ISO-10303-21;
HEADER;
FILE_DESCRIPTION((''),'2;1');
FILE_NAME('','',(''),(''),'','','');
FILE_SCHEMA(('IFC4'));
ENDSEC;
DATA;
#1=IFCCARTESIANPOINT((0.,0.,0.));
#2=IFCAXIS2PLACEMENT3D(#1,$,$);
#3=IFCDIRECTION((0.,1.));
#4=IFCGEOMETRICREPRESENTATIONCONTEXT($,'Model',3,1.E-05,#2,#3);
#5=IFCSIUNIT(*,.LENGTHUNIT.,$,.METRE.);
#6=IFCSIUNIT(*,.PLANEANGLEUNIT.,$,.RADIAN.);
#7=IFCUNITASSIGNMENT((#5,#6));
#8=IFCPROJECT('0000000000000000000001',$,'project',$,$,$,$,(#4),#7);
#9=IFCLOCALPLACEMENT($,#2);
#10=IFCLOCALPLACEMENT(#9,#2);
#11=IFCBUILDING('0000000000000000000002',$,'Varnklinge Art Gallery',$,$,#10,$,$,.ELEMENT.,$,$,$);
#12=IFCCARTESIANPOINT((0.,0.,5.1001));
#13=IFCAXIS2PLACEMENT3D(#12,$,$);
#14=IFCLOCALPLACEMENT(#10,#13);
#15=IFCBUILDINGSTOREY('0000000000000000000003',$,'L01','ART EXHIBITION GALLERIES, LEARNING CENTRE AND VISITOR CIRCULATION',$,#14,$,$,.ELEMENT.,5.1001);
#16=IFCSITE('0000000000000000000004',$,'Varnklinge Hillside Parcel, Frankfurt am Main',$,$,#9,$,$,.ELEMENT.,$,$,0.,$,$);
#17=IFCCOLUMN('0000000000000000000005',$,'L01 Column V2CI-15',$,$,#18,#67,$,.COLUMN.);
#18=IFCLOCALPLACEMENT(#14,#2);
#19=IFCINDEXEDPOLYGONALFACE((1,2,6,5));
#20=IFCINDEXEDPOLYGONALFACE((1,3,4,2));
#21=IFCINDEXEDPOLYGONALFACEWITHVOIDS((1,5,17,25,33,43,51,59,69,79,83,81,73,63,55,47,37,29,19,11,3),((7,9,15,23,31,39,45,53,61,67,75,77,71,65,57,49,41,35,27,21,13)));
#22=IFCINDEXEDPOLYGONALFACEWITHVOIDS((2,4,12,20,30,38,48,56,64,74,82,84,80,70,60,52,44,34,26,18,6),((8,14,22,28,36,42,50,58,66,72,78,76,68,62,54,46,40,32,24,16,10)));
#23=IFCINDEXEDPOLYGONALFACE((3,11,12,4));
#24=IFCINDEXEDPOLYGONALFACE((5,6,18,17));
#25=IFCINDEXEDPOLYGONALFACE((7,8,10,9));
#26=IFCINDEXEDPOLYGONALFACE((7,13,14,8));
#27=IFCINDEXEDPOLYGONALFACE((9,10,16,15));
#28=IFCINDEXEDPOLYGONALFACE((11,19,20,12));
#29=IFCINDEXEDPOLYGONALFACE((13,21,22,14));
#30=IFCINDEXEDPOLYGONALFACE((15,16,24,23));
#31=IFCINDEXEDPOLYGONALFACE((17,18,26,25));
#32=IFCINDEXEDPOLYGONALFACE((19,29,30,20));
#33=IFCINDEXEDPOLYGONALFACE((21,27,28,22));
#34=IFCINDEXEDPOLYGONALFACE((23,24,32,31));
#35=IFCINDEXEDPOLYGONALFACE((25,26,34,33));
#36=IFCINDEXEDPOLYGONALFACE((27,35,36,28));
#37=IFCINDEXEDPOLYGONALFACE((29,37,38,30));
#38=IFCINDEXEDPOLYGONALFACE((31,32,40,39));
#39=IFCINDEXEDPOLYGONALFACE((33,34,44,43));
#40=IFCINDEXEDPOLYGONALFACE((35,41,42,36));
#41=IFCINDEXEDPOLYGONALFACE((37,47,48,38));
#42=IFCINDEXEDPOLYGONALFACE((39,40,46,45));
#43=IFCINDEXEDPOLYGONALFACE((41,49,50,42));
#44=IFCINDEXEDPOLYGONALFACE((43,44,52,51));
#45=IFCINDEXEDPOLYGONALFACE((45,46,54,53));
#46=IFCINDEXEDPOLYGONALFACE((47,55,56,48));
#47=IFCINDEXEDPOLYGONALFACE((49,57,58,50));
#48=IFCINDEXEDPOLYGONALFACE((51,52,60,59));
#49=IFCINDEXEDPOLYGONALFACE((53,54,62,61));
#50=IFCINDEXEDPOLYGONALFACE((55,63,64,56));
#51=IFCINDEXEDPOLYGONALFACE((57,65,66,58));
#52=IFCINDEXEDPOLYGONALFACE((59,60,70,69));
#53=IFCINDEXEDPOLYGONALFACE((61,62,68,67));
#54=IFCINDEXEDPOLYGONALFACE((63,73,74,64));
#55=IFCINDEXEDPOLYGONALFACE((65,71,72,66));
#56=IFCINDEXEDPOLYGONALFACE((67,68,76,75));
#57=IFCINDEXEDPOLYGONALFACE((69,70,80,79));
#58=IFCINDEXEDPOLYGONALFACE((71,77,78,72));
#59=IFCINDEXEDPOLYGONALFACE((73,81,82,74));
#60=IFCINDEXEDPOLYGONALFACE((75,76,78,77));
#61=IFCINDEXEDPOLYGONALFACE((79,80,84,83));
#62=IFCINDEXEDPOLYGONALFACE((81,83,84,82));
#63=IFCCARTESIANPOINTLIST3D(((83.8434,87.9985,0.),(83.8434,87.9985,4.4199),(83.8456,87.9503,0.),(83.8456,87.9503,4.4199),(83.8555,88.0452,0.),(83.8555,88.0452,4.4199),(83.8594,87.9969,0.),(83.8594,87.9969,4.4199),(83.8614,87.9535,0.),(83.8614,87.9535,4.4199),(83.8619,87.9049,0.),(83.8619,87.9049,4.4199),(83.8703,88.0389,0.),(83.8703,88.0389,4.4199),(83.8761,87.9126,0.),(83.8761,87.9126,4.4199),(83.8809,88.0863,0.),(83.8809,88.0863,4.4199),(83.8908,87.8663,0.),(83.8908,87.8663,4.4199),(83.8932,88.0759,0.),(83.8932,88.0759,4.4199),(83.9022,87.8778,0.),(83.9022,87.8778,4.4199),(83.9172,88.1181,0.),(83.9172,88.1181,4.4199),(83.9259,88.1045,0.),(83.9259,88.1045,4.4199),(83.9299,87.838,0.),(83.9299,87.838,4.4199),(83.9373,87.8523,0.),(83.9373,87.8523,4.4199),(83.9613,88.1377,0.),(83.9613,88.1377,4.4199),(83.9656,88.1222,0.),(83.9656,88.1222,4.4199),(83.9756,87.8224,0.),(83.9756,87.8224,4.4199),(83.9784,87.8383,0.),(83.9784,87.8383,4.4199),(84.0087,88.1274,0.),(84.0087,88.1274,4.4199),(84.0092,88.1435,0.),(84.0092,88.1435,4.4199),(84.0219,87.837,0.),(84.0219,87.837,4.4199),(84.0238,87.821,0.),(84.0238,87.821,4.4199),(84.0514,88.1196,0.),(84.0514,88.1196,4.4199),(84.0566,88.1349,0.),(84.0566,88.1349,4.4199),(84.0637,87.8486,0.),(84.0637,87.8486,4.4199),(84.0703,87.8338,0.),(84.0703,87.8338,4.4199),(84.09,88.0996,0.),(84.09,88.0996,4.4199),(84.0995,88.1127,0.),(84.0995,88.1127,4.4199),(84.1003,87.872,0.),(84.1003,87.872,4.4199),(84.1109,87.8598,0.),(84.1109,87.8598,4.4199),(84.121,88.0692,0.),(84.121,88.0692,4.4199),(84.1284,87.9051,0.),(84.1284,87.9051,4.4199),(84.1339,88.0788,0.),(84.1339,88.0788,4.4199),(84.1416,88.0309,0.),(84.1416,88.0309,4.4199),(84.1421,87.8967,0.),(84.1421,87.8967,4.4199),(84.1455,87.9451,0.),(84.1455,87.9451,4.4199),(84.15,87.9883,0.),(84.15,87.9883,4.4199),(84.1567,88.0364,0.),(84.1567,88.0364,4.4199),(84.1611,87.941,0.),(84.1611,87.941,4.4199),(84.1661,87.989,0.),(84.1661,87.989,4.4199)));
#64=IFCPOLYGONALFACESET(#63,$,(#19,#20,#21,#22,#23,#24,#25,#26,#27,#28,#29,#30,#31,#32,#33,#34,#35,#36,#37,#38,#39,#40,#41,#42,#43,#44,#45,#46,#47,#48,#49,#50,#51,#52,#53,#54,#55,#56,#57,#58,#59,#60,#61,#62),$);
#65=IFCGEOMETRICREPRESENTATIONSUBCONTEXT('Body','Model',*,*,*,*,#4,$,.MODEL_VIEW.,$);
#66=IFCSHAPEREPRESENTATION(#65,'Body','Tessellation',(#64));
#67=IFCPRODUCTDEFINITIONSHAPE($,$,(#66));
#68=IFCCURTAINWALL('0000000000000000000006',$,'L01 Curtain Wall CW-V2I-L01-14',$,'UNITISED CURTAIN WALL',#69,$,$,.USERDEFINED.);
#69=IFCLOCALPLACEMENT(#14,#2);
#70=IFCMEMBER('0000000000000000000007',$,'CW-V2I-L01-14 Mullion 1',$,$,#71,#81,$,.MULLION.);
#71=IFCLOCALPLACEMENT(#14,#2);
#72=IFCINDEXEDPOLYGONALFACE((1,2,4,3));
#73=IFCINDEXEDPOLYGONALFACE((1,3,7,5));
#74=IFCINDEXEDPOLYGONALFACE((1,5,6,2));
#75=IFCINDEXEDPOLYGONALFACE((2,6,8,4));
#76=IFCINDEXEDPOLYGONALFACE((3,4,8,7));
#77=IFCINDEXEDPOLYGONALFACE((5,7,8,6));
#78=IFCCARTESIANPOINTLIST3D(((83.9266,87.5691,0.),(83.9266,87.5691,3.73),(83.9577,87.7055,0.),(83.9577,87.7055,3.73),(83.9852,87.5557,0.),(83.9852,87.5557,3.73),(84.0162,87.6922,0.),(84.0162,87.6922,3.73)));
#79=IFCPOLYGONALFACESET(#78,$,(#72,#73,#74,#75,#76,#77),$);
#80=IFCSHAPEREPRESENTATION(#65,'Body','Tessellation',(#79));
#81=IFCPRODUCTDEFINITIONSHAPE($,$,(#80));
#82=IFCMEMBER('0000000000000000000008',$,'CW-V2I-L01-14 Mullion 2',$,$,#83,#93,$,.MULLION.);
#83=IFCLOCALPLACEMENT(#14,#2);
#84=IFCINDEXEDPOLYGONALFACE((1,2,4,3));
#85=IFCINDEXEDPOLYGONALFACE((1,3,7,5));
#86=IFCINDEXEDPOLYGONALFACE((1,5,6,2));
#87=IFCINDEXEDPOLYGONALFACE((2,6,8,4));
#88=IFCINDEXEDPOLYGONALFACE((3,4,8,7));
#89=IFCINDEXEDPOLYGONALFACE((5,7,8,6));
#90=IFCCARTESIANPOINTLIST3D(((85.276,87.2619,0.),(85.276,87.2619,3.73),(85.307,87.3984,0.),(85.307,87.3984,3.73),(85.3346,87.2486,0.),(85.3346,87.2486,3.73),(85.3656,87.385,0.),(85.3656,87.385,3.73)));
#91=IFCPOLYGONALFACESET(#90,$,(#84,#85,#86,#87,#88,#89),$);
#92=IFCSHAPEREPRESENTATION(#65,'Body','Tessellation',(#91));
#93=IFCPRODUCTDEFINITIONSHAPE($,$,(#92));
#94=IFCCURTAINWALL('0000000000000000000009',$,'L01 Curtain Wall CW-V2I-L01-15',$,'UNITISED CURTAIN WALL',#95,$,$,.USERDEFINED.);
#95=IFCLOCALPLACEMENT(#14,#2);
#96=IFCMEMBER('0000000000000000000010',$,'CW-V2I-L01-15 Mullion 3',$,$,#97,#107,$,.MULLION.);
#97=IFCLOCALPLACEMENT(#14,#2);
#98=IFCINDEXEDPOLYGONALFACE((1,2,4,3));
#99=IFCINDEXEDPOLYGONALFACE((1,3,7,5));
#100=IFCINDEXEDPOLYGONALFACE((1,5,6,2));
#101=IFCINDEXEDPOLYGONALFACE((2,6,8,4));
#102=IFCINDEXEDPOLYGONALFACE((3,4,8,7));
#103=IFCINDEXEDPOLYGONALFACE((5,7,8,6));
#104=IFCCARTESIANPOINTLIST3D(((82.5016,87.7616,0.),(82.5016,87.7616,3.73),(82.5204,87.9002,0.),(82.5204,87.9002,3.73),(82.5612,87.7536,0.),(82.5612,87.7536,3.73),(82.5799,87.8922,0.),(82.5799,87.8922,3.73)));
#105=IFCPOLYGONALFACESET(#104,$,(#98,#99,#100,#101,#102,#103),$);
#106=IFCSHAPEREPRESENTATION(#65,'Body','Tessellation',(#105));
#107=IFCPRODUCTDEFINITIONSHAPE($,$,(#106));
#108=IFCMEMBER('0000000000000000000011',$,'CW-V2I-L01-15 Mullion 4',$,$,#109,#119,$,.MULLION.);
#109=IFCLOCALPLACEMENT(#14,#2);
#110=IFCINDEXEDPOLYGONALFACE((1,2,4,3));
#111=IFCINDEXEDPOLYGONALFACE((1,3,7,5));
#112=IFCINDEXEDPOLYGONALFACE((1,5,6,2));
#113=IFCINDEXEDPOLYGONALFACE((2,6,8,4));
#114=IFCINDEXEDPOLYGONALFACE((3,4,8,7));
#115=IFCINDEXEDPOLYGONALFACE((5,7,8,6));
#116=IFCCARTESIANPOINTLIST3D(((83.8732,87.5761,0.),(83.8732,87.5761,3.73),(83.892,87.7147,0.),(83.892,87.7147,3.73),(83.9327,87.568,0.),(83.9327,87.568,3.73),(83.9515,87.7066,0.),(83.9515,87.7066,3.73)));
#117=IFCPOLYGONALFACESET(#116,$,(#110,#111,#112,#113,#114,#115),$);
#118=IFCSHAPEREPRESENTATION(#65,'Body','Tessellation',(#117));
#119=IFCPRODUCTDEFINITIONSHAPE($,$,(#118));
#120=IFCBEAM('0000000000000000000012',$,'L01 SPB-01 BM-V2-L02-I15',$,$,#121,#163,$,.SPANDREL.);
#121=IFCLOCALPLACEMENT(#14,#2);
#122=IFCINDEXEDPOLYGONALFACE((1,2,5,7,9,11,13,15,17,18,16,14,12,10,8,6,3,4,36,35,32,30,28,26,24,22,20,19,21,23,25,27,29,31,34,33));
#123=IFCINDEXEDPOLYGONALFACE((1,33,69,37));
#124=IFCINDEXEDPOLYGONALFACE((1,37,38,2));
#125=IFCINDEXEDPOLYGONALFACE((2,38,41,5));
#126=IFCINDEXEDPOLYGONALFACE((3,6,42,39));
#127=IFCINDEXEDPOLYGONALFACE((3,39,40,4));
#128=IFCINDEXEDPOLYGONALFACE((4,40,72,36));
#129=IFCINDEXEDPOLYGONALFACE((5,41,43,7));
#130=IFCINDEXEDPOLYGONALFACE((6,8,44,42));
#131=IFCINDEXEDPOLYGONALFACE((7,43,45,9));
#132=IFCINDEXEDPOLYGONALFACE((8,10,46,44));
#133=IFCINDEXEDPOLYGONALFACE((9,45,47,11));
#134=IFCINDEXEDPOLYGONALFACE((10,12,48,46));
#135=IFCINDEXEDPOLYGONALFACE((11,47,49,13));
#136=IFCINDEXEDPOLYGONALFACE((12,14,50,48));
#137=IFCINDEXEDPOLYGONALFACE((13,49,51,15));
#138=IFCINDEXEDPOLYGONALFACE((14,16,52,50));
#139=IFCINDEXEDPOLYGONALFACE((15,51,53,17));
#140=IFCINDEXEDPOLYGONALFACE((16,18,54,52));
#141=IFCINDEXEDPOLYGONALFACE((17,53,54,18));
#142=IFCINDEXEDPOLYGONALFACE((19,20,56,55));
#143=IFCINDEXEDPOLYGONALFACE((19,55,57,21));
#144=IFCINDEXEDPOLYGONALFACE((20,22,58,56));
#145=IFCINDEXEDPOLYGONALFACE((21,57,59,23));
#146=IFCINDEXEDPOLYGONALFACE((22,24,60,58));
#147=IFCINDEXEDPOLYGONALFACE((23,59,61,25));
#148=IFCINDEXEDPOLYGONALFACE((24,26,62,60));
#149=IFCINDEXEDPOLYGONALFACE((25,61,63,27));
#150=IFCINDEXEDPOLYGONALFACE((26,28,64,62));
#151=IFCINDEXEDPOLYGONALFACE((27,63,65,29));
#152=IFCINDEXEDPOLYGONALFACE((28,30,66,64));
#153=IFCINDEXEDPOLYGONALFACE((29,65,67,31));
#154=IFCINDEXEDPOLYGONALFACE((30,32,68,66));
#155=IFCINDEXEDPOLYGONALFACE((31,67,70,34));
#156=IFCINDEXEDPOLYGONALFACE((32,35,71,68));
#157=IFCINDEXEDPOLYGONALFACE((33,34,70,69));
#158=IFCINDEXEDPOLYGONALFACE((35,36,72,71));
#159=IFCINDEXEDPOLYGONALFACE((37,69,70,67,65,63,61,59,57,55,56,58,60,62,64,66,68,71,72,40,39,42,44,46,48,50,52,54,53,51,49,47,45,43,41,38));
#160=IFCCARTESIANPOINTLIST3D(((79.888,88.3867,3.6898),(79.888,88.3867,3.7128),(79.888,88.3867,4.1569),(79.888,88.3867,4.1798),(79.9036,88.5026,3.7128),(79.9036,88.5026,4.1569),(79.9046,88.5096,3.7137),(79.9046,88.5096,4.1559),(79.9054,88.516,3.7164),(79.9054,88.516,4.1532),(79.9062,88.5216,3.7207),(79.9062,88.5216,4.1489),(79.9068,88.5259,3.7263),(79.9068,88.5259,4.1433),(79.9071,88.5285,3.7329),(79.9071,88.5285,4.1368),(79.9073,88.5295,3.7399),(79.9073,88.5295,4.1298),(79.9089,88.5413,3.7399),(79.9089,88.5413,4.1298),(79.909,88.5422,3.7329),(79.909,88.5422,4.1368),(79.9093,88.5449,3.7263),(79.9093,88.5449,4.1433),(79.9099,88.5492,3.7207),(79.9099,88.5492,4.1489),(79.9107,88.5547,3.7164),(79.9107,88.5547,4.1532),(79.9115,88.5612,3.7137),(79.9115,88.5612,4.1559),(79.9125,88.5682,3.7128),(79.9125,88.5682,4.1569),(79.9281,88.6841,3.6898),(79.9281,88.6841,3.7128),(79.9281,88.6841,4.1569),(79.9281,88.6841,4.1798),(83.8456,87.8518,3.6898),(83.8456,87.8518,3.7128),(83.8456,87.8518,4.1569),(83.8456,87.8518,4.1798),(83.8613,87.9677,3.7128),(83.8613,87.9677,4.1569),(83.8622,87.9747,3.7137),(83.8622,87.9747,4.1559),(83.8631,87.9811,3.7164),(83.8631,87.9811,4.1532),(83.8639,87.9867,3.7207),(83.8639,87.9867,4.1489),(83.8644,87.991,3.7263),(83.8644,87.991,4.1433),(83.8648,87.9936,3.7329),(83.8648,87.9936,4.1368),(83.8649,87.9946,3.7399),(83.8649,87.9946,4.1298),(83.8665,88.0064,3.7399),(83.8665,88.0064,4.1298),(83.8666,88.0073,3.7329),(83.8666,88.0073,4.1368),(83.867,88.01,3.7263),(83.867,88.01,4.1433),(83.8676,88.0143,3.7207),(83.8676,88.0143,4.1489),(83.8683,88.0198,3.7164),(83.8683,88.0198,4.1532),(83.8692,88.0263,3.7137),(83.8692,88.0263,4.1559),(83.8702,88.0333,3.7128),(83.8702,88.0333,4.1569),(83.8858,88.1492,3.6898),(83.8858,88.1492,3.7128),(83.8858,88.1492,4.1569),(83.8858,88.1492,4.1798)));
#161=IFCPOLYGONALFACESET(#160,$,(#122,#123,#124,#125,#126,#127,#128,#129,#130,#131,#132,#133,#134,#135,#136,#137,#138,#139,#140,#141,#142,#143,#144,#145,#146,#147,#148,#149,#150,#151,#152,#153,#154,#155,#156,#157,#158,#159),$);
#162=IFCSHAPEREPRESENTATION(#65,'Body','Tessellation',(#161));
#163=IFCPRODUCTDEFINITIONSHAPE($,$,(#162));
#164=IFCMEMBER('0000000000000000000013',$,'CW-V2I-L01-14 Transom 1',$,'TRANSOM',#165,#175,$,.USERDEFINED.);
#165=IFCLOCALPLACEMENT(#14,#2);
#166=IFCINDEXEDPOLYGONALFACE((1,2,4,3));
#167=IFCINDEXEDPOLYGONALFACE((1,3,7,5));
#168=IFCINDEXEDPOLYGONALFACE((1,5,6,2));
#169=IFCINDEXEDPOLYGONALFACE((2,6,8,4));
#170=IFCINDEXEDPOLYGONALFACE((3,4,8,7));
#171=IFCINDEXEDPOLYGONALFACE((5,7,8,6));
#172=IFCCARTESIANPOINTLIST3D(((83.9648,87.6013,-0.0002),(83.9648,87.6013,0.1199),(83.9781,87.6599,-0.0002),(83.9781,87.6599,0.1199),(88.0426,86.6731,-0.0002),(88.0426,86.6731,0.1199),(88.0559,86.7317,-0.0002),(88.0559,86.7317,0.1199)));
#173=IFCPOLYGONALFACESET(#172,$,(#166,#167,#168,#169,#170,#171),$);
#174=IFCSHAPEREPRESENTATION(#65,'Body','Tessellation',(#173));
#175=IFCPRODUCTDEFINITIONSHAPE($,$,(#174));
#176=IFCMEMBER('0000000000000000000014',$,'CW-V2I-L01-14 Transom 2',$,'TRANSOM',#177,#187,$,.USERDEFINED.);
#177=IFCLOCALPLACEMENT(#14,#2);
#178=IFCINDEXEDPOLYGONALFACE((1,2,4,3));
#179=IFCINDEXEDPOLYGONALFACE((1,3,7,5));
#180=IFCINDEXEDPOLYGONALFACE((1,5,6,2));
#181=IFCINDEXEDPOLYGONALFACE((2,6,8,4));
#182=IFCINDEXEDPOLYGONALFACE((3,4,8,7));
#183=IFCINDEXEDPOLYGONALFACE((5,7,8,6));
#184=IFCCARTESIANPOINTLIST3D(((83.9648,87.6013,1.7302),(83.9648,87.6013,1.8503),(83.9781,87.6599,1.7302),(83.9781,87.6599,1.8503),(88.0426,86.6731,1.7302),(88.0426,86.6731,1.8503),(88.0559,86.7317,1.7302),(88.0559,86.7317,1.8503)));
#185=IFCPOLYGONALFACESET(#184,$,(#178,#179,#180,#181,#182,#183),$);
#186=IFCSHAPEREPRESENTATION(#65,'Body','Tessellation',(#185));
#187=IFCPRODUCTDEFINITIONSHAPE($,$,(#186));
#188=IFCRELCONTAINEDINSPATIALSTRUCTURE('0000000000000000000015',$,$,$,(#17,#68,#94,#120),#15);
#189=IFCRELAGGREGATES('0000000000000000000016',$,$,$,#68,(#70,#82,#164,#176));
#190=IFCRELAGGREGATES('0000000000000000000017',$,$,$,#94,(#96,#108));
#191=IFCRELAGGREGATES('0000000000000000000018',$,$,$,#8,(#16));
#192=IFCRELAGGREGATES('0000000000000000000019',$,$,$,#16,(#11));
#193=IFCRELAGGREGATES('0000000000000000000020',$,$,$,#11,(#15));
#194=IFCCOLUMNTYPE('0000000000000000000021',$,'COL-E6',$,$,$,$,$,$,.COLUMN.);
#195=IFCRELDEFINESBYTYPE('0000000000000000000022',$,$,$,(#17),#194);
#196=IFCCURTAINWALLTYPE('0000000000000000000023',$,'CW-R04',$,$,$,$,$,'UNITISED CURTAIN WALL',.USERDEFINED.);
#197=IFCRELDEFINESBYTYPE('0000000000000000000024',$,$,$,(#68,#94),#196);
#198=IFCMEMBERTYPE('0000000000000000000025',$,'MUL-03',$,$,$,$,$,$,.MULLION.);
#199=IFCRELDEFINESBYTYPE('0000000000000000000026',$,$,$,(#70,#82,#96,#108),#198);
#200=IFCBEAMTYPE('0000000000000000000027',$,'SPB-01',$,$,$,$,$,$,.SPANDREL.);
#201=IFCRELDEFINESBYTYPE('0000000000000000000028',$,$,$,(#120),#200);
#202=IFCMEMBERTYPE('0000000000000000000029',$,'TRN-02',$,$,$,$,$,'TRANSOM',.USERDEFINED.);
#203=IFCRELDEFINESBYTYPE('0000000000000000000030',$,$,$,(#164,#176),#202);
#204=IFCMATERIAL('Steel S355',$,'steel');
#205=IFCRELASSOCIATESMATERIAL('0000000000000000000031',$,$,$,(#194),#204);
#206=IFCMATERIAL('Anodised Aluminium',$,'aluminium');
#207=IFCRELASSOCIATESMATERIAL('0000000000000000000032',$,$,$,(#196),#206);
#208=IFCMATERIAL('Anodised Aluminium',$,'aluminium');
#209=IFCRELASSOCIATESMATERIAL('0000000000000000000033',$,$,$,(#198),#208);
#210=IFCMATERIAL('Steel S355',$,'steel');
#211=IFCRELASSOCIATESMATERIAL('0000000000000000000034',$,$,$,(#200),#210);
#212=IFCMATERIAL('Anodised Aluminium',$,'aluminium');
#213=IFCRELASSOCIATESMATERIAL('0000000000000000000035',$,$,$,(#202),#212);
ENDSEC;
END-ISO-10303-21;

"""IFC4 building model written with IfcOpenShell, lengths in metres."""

from ifc_helpers import new_model, si_unit, direction, frame, origin, origin_2d, place, context, subcontext, project, spatial, rectangle, hollow_circle, i_section, extrude, material, material_profile, profile_set, type_object, element, aggregate, save


model = new_model("IFC4")

# Units and contexts
model_context = context("Model", 3, precision=1e-05, world=origin(), true_north=direction((0.0, 1.0)))
body_context = subcontext(model_context, "Body", "Model", "MODEL_VIEW")
ifc_project = project(units=[si_unit("LENGTHUNIT", "METRE"), si_unit("PLANEANGLEUNIT", "RADIAN")], contexts=[model_context])

# Site, building, storey
site_placement = place(None, origin())
site = spatial("IfcSite", under=ifc_project, at=site_placement, Name="Varnklinge Hillside Parcel, Frankfurt am Main", CompositionType="ELEMENT", RefElevation=0.0)
building_placement = place(site_placement, origin())
building = spatial("IfcBuilding", under=site, at=building_placement, Name="Varnklinge Art Gallery", CompositionType="ELEMENT")
storey_placement = place(building_placement, frame((0.0, 0.0, 5.1001)))
storey = spatial("IfcBuildingStorey", under=building, at=storey_placement, Name="L01", Description="ART EXHIBITION GALLERIES, LEARNING CENTRE AND VISITOR CIRCULATION", CompositionType="ELEMENT", Elevation=5.1001)

# Column
ifc_material_1 = material(Name="Steel S355", Category="steel")
ifc_material_profile_1 = material_profile(ifc_material_1, hollow_circle(Radius=0.1619, WallThickness=0.0161, at=origin_2d()), Name="CHS 323.9x16")
ifc_profile_set_1 = profile_set([ifc_material_profile_1], Name="Steel S355")
column_type = type_object("IfcColumnType", Name="COL-E6", PredefinedType="COLUMN", material=ifc_profile_set_1)
column_placement = place(storey_placement, frame((84.0044, 87.9817, 0.0), z_axis=(0.0, 0.0, 1.0), x_axis=(-0.178115, -0.98401, 0.0)))
element("IfcColumn", 1, at=column_placement, inside=storey, type_object=column_type, Name="L01 Column V2CI-15", PredefinedType="COLUMN", context=body_context, shape_type="SweptSolid", body=[
    extrude(hollow_circle(Radius=0.1619, WallThickness=0.0161, at=origin_2d()), origin(), (0.0, 0.0, 1.0), 4.4199),
])

# Curtain walls, members
ifc_material_2 = material(Name="Anodised Aluminium", Category="aluminium")
curtain_wall_type_1 = type_object("IfcCurtainWallType", Name="CW-R04", ElementType="UNITISED CURTAIN WALL", PredefinedType="USERDEFINED", material=ifc_material_2)
curtain_wall_1_placement = place(storey_placement, origin())
curtain_wall_1 = element("IfcCurtainWall", 2, at=curtain_wall_1_placement, inside=storey, type_object=curtain_wall_type_1, Name="L01 Curtain Wall CW-V2I-L01-14", ObjectType="UNITISED CURTAIN WALL", PredefinedType="USERDEFINED")
ifc_material_3 = material(Name="Anodised Aluminium", Category="aluminium")
ifc_material_profile_2 = material_profile(ifc_material_3, rectangle(XDim=0.0601, YDim=0.1399, at=origin_2d()), Name="ALU 60x140")
ifc_profile_set_2 = profile_set([ifc_material_profile_2], Name="Anodised Aluminium")
member_type_1 = type_object("IfcMemberType", Name="MUL-03", PredefinedType="MULLION", material=ifc_profile_set_2)
member_1_placement = place(storey_placement, frame((83.9714, 87.6306, 0.0), z_axis=(0.0, 0.0, 1.0), x_axis=(0.975072, -0.221889, 0.0)))
member_1 = element("IfcMember", 3, at=member_1_placement, type_object=member_type_1, Name="CW-V2I-L01-14 Mullion 1", PredefinedType="MULLION", context=body_context, shape_type="SweptSolid", body=[
    extrude(rectangle(XDim=0.0601, YDim=0.1399, at=origin_2d()), origin(), (0.0, 0.0, 1.0), 3.73),
])
member_2_placement = place(storey_placement, frame((85.3208, 87.3235, 0.0), z_axis=(0.0, 0.0, 1.0), x_axis=(0.975072, -0.221889, 0.0)))
member_2 = element("IfcMember", 4, at=member_2_placement, type_object=member_type_1, Name="CW-V2I-L01-14 Mullion 2", PredefinedType="MULLION", context=body_context, shape_type="SweptSolid", body=[
    extrude(rectangle(XDim=0.0601, YDim=0.1399, at=origin_2d()), origin(), (0.0, 0.0, 1.0), 3.73),
])
curtain_wall_2_placement = place(storey_placement, origin())
curtain_wall_2 = element("IfcCurtainWall", 5, at=curtain_wall_2_placement, inside=storey, type_object=curtain_wall_type_1, Name="L01 Curtain Wall CW-V2I-L01-15", ObjectType="UNITISED CURTAIN WALL", PredefinedType="USERDEFINED")
member_3_placement = place(storey_placement, frame((82.5408, 87.8269, 0.0), z_axis=(0.0, 0.0, 1.0), x_axis=(0.990983, -0.133986, 0.0)))
member_3 = element("IfcMember", 6, at=member_3_placement, type_object=member_type_1, Name="CW-V2I-L01-15 Mullion 3", PredefinedType="MULLION", context=body_context, shape_type="SweptSolid", body=[
    extrude(rectangle(XDim=0.0601, YDim=0.1399, at=origin_2d()), origin(), (0.0, 0.0, 1.0), 3.73),
])
member_4_placement = place(storey_placement, frame((83.9124, 87.6414, 0.0), z_axis=(0.0, 0.0, 1.0), x_axis=(0.990983, -0.133986, 0.0)))
member_4 = element("IfcMember", 7, at=member_4_placement, type_object=member_type_1, Name="CW-V2I-L01-15 Mullion 4", PredefinedType="MULLION", context=body_context, shape_type="SweptSolid", body=[
    extrude(rectangle(XDim=0.0601, YDim=0.1399, at=origin_2d()), origin(), (0.0, 0.0, 1.0), 3.73),
])

# Beam
ifc_material_4 = material(Name="Steel S355", Category="steel")
ifc_material_profile_3 = material_profile(ifc_material_4, i_section(OverallWidth=0.3, OverallDepth=0.49, WebThickness=0.012, FlangeThickness=0.0229, FilletRadius=0.0271, at=origin_2d()), Name="HEA 500")
ifc_profile_set_3 = profile_set([ifc_material_profile_3], Name="Steel S355")
beam_type = type_object("IfcBeamType", Name="SPB-01", PredefinedType="SPANDREL", material=ifc_profile_set_3)
beam_placement = place(storey_placement, frame((83.8657, 88.0005, 3.9348), z_axis=(-0.99099, 0.133937, 0.0), x_axis=(-0.133937, -0.99099, 0.0)))
element("IfcBeam", 8, at=beam_placement, inside=storey, type_object=beam_type, Name="L01 SPB-01 BM-V2-L02-I15", PredefinedType="SPANDREL", context=body_context, shape_type="SweptSolid", body=[
    extrude(i_section(OverallWidth=0.3, OverallDepth=0.49, WebThickness=0.012, FlangeThickness=0.0229, FilletRadius=0.0271, at=origin_2d()), origin(), (0.0, 0.0, 1.0), 3.9937),
])

# Members
ifc_material_5 = material(Name="Anodised Aluminium", Category="aluminium")
ifc_material_profile_4 = material_profile(ifc_material_5, rectangle(XDim=0.0601, YDim=0.1201, at=origin_2d()), Name="ALU 60x120")
ifc_profile_set_4 = profile_set([ifc_material_profile_4], Name="Anodised Aluminium")
member_type_2 = type_object("IfcMemberType", Name="TRN-02", ElementType="TRANSOM", PredefinedType="USERDEFINED", material=ifc_profile_set_4)
member_5_placement = place(storey_placement, frame((83.9714, 87.6306, 0.0598), z_axis=(0.975059, -0.221947, 0.0), x_axis=(0.221947, 0.975059, 0.0)))
member_5 = element("IfcMember", 9, at=member_5_placement, type_object=member_type_2, Name="CW-V2I-L01-14 Transom 1", ObjectType="TRANSOM", PredefinedType="USERDEFINED", context=body_context, shape_type="SweptSolid", body=[
    extrude(rectangle(XDim=0.0601, YDim=0.1201, at=origin_2d()), origin(), (0.0, 0.0, 1.0), 4.1821),
])
member_6_placement = place(storey_placement, frame((83.9714, 87.6306, 1.7903), z_axis=(0.975059, -0.221947, 0.0), x_axis=(0.221947, 0.975059, 0.0)))
member_6 = element("IfcMember", 10, at=member_6_placement, type_object=member_type_2, Name="CW-V2I-L01-14 Transom 2", ObjectType="TRANSOM", PredefinedType="USERDEFINED", context=body_context, shape_type="SweptSolid", body=[
    extrude(rectangle(XDim=0.0601, YDim=0.1201, at=origin_2d()), origin(), (0.0, 0.0, 1.0), 4.1821),
])

aggregate(curtain_wall_1, [member_1, member_2, member_5, member_6])
aggregate(curtain_wall_2, [member_3, member_4])

save(model, "model.ifc")
